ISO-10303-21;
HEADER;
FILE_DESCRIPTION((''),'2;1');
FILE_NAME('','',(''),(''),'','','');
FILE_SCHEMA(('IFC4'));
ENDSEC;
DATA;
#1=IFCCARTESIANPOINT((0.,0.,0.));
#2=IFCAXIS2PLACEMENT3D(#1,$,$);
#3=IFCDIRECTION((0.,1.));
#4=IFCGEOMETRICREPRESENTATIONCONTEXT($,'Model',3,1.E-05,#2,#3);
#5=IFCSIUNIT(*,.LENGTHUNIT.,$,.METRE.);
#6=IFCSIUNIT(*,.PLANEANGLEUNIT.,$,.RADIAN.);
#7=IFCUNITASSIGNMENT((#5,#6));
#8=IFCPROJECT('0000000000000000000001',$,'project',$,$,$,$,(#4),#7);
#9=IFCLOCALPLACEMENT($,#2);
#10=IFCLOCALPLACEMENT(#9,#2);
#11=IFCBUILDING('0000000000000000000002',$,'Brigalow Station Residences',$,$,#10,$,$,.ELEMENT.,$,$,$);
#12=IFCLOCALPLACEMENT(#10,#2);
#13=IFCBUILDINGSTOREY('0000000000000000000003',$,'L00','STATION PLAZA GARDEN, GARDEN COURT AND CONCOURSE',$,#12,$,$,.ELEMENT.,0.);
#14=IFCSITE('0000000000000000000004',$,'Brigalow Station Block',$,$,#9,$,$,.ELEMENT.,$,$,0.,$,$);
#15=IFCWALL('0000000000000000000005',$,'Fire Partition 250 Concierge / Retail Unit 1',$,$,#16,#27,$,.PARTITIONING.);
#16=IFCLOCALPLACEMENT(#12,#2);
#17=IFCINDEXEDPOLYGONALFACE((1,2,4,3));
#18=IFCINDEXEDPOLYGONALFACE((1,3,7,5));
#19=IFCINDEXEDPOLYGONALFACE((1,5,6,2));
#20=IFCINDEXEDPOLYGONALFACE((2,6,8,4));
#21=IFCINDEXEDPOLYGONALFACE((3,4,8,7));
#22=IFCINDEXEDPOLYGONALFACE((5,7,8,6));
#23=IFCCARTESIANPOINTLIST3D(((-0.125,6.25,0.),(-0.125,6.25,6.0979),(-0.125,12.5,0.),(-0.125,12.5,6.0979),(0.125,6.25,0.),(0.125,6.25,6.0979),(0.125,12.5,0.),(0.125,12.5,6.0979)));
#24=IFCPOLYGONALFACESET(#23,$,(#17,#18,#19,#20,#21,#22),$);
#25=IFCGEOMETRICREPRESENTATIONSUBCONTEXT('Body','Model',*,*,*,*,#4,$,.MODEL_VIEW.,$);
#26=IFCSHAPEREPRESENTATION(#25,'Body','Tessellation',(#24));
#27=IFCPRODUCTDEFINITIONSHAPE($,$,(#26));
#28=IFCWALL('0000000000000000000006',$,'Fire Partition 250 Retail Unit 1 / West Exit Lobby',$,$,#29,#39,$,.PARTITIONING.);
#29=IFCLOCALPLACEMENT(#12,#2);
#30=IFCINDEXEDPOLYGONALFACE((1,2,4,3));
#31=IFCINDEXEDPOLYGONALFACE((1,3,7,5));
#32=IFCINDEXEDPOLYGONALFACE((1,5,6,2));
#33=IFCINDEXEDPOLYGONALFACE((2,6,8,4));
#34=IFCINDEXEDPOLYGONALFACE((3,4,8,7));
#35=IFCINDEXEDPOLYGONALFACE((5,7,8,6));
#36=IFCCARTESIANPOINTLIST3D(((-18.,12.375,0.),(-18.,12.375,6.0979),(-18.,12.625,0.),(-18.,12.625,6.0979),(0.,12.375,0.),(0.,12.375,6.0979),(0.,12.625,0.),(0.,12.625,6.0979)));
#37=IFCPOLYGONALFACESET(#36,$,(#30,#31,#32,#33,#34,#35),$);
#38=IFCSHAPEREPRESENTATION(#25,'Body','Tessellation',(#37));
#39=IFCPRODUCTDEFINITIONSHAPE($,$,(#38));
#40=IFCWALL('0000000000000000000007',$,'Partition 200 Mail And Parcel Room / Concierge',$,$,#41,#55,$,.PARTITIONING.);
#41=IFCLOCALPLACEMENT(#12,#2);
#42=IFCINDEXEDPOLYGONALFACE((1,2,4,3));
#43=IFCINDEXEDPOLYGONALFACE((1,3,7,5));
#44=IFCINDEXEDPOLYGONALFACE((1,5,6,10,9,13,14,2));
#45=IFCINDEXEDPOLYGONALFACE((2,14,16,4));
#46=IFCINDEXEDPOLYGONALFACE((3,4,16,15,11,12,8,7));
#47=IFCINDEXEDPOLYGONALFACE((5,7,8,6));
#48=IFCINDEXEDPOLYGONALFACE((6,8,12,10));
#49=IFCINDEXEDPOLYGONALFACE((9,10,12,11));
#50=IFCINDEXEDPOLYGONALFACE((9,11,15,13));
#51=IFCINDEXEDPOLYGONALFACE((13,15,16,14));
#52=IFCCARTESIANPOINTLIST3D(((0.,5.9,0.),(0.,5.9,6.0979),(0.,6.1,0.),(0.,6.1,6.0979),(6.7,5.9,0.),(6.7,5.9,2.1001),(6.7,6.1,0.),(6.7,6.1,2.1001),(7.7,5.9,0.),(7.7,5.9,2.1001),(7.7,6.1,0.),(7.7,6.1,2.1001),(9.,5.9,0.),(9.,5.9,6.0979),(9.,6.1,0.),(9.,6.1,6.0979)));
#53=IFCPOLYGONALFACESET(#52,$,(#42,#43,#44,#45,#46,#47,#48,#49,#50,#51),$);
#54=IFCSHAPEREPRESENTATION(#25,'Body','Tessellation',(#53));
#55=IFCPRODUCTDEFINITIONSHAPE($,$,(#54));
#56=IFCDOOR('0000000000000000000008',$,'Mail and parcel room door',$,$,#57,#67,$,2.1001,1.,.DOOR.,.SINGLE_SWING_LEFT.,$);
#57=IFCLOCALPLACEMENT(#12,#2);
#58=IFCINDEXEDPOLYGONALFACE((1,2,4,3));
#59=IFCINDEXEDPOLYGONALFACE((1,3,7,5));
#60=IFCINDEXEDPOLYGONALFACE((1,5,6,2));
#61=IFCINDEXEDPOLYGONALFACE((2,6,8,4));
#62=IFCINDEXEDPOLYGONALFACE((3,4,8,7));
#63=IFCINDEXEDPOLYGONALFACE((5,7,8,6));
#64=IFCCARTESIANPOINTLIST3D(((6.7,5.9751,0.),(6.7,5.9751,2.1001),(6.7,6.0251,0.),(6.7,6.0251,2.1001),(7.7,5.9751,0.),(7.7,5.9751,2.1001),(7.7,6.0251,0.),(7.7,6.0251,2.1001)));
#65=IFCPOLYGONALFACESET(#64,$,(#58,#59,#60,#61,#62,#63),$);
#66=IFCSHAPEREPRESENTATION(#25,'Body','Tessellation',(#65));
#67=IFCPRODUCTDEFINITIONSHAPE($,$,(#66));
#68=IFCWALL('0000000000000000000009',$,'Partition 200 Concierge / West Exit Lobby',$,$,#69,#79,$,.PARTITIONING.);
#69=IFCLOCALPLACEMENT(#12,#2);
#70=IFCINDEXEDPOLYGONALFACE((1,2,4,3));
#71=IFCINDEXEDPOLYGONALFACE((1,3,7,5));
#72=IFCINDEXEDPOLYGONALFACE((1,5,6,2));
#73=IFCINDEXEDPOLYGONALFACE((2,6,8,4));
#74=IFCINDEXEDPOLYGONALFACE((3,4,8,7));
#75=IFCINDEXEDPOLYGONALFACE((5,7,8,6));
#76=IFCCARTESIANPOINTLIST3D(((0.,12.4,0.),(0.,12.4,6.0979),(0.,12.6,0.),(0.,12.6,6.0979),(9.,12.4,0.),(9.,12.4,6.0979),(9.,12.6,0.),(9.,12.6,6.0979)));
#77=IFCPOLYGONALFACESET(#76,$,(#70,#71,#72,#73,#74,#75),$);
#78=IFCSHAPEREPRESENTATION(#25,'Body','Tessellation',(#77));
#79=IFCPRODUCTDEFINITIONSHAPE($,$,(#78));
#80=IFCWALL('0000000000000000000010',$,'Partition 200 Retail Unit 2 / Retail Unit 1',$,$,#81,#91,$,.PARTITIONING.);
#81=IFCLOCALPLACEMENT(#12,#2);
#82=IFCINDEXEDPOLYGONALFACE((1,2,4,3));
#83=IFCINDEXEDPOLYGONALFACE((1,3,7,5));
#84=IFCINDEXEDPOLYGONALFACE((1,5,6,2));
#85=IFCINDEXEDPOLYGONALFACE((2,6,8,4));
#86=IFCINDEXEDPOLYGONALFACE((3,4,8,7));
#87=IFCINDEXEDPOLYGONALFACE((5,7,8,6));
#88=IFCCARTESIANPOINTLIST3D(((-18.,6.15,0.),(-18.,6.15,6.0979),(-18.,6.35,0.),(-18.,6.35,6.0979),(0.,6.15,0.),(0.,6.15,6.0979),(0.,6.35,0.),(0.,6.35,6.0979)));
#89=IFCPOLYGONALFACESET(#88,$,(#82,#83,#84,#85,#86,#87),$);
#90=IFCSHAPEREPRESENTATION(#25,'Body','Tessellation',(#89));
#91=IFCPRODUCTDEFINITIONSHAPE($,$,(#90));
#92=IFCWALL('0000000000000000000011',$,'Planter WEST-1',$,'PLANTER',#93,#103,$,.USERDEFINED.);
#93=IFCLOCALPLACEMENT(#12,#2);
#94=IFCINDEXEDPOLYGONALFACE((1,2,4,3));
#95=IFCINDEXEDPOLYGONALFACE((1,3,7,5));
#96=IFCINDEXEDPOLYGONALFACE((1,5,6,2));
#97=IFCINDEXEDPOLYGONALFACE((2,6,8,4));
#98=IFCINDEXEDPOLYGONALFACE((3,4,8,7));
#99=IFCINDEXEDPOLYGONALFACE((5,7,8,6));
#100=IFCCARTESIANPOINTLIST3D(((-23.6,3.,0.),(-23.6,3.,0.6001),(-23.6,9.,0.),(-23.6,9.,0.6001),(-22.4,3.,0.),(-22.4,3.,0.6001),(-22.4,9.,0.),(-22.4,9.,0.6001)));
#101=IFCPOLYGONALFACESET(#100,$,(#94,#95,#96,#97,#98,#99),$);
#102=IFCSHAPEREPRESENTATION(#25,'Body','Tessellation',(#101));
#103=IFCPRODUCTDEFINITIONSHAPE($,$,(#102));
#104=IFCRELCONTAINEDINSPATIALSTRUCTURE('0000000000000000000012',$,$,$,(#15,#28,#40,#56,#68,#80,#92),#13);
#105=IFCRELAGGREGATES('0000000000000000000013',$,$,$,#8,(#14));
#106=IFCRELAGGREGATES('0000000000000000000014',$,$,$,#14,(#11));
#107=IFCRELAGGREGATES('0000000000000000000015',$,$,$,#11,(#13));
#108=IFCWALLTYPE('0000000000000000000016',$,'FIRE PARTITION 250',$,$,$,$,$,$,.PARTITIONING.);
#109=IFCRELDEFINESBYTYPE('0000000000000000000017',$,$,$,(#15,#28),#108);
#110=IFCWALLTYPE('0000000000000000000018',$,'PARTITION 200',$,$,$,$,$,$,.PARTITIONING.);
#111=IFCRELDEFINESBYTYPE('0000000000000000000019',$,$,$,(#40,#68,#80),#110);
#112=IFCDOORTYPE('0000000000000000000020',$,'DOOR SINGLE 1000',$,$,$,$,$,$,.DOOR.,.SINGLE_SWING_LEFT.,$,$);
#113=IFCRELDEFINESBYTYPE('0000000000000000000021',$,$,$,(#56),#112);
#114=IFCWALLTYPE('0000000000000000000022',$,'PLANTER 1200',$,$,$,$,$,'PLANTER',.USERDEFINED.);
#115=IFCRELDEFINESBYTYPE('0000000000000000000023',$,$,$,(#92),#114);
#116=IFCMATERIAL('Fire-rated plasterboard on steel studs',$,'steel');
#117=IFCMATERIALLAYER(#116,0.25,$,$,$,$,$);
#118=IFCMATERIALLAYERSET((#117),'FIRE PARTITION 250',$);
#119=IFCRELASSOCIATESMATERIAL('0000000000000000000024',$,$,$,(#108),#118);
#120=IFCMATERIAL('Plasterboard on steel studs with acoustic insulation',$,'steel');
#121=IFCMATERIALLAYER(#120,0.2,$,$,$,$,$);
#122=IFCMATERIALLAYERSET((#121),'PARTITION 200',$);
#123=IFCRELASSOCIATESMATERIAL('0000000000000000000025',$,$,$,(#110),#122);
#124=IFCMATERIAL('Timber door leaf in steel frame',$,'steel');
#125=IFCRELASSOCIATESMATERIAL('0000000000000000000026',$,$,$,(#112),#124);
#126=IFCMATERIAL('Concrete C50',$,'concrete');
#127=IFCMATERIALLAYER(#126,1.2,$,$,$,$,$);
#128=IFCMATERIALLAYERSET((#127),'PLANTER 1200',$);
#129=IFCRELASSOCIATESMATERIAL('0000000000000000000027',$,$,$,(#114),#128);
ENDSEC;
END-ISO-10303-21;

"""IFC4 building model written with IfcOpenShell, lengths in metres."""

from ifc_helpers import new_model, si_unit, direction, frame, frame_2d, origin, place, context, subcontext, project, spatial, rectangle, extrude, material, layer, layer_set, type_object, element, fill, save


model = new_model("IFC4")

# Units and contexts
model_context = context("Model", 3, precision=1e-05, world=origin(), true_north=direction((0.0, 1.0)))
body_context = subcontext(model_context, "Body", "Model", "MODEL_VIEW")
ifc_project = project(units=[si_unit("LENGTHUNIT", "METRE"), si_unit("PLANEANGLEUNIT", "RADIAN")], contexts=[model_context])

# Site, building, storey
site_placement = place(None, origin())
site = spatial("IfcSite", under=ifc_project, at=site_placement, Name="Brigalow Station Block", CompositionType="ELEMENT", RefElevation=0.0)
building_placement = place(site_placement, origin())
building = spatial("IfcBuilding", under=site, at=building_placement, Name="Brigalow Station Residences", CompositionType="ELEMENT")
storey_placement = place(building_placement, origin())
storey = spatial("IfcBuildingStorey", under=building, at=storey_placement, Name="L00", Description="STATION PLAZA GARDEN, GARDEN COURT AND CONCOURSE", CompositionType="ELEMENT", Elevation=0.0)

# Walls
ifc_material_1 = material(Name="Fire-rated plasterboard on steel studs", Category="steel")
ifc_layer_1 = layer(ifc_material_1, 0.25)
ifc_layer_set_1 = layer_set([ifc_layer_1], Name="FIRE PARTITION 250")
wall_type_1 = type_object("IfcWallType", Name="FIRE PARTITION 250", PredefinedType="PARTITIONING", material=ifc_layer_set_1)
wall_1_placement = place(storey_placement, frame((0.0, 6.25, 0.0), z_axis=(0.0, 0.0, 1.0), x_axis=(0.0, 1.0, 0.0)))
element("IfcWall", 1, at=wall_1_placement, inside=storey, type_object=wall_type_1, Name="Fire Partition 250 Concierge / Retail Unit 1", PredefinedType="PARTITIONING", context=body_context, shape_type="SweptSolid", body=[
    extrude(rectangle(XDim=6.25, YDim=0.25, at=frame_2d((3.125, 0.0))), origin(), (0.0, 0.0, 1.0), 6.0979),
])
wall_2_placement = place(storey_placement, frame((-18.0, 12.5, 0.0), z_axis=(0.0, 0.0, 1.0), x_axis=(1.0, 0.0, 0.0)))
element("IfcWall", 2, at=wall_2_placement, inside=storey, type_object=wall_type_1, Name="Fire Partition 250 Retail Unit 1 / West Exit Lobby", PredefinedType="PARTITIONING", context=body_context, shape_type="SweptSolid", body=[
    extrude(rectangle(XDim=18.0, YDim=0.25, at=frame_2d((9.0, 0.0))), origin(), (0.0, 0.0, 1.0), 6.0979),
])

# Wall, opening, door
ifc_material_2 = material(Name="Plasterboard on steel studs with acoustic insulation", Category="steel")
ifc_layer_2 = layer(ifc_material_2, 0.2)
ifc_layer_set_2 = layer_set([ifc_layer_2], Name="PARTITION 200")
wall_type_2 = type_object("IfcWallType", Name="PARTITION 200", PredefinedType="PARTITIONING", material=ifc_layer_set_2)
wall_3_placement = place(storey_placement, frame((0.0, 6.0, 0.0), z_axis=(0.0, 0.0, 1.0), x_axis=(1.0, 0.0, 0.0)))
wall_3 = element("IfcWall", 3, at=wall_3_placement, inside=storey, type_object=wall_type_2, Name="Partition 200 Mail And Parcel Room / Concierge", PredefinedType="PARTITIONING", context=body_context, shape_type="SweptSolid", body=[
    extrude(rectangle(XDim=9.0, YDim=0.2, at=frame_2d((4.5, 0.0))), origin(), (0.0, 0.0, 1.0), 6.0979),
])
opening_1_placement = place(wall_3_placement, frame((6.7, 0.0, 0.0)))
opening_1 = element("IfcOpeningElement", 4, at=opening_1_placement, cuts=wall_3, PredefinedType="OPENING", context=body_context, shape_type="SweptSolid", body=[
    extrude(rectangle(XDim=1.0, YDim=2.1001, at=frame_2d((0.5, 1.05))), frame((0.0, 0.1099, 0.0), z_axis=(0.0, -1.0, 0.0), x_axis=(1.0, 0.0, 0.0)), (0.0, 0.0, 1.0), 0.22),
])
ifc_material_3 = material(Name="Timber door leaf in steel frame", Category="steel")
door_type_1 = type_object("IfcDoorType", Name="DOOR SINGLE 1000", OperationType="SINGLE_SWING_LEFT", PredefinedType="DOOR", material=ifc_material_3)
door_1_placement = place(opening_1_placement, frame((1.0, 0.0, 0.0), z_axis=(0.0, 0.0, 1.0), x_axis=(-1.0, 0.0, 0.0)))
door_1 = element("IfcDoor", 5, at=door_1_placement, inside=storey, type_object=door_type_1, Name="Mail and parcel room door", OperationType="SINGLE_SWING_LEFT", OverallHeight=2.1001, OverallWidth=1.0, PredefinedType="DOOR", context=body_context, shape_type="SweptSolid", body=[
    extrude(rectangle(XDim=1.0, YDim=2.1001, at=frame_2d((0.5, 1.05))), frame((0.0, 0.0249, 0.0), z_axis=(0.0, -1.0, 0.0), x_axis=(1.0, 0.0, 0.0)), (0.0, 0.0, 1.0), 0.05),
])
fill(opening_1, door_1)

# Walls
wall_4_placement = place(storey_placement, frame((0.0, 12.5, 0.0), z_axis=(0.0, 0.0, 1.0), x_axis=(1.0, 0.0, 0.0)))
element("IfcWall", 6, at=wall_4_placement, inside=storey, type_object=wall_type_2, Name="Partition 200 Concierge / West Exit Lobby", PredefinedType="PARTITIONING", context=body_context, shape_type="SweptSolid", body=[
    extrude(rectangle(XDim=9.0, YDim=0.2, at=frame_2d((4.5, 0.0))), origin(), (0.0, 0.0, 1.0), 6.0979),
])
wall_5_placement = place(storey_placement, frame((-18.0, 6.25, 0.0), z_axis=(0.0, 0.0, 1.0), x_axis=(1.0, 0.0, 0.0)))
element("IfcWall", 7, at=wall_5_placement, inside=storey, type_object=wall_type_2, Name="Partition 200 Retail Unit 2 / Retail Unit 1", PredefinedType="PARTITIONING", context=body_context, shape_type="SweptSolid", body=[
    extrude(rectangle(XDim=18.0, YDim=0.2, at=frame_2d((9.0, 0.0))), origin(), (0.0, 0.0, 1.0), 6.0979),
])
ifc_material_4 = material(Name="Concrete C50", Category="concrete")
ifc_layer_3 = layer(ifc_material_4, 1.2)
ifc_layer_set_3 = layer_set([ifc_layer_3], Name="PLANTER 1200")
wall_type_3 = type_object("IfcWallType", Name="PLANTER 1200", ElementType="PLANTER", PredefinedType="USERDEFINED", material=ifc_layer_set_3)
wall_6_placement = place(storey_placement, frame((-23.0, 3.0, 0.0), z_axis=(0.0, 0.0, 1.0), x_axis=(0.0, 1.0, 0.0)))
element("IfcWall", 8, at=wall_6_placement, inside=storey, type_object=wall_type_3, Name="Planter WEST-1", ObjectType="PLANTER", PredefinedType="USERDEFINED", context=body_context, shape_type="SweptSolid", body=[
    extrude(rectangle(XDim=6.0, YDim=1.2, at=frame_2d((3.0, 0.0))), origin(), (0.0, 0.0, 1.0), 0.6001),
])

save(model, "model.ifc")
